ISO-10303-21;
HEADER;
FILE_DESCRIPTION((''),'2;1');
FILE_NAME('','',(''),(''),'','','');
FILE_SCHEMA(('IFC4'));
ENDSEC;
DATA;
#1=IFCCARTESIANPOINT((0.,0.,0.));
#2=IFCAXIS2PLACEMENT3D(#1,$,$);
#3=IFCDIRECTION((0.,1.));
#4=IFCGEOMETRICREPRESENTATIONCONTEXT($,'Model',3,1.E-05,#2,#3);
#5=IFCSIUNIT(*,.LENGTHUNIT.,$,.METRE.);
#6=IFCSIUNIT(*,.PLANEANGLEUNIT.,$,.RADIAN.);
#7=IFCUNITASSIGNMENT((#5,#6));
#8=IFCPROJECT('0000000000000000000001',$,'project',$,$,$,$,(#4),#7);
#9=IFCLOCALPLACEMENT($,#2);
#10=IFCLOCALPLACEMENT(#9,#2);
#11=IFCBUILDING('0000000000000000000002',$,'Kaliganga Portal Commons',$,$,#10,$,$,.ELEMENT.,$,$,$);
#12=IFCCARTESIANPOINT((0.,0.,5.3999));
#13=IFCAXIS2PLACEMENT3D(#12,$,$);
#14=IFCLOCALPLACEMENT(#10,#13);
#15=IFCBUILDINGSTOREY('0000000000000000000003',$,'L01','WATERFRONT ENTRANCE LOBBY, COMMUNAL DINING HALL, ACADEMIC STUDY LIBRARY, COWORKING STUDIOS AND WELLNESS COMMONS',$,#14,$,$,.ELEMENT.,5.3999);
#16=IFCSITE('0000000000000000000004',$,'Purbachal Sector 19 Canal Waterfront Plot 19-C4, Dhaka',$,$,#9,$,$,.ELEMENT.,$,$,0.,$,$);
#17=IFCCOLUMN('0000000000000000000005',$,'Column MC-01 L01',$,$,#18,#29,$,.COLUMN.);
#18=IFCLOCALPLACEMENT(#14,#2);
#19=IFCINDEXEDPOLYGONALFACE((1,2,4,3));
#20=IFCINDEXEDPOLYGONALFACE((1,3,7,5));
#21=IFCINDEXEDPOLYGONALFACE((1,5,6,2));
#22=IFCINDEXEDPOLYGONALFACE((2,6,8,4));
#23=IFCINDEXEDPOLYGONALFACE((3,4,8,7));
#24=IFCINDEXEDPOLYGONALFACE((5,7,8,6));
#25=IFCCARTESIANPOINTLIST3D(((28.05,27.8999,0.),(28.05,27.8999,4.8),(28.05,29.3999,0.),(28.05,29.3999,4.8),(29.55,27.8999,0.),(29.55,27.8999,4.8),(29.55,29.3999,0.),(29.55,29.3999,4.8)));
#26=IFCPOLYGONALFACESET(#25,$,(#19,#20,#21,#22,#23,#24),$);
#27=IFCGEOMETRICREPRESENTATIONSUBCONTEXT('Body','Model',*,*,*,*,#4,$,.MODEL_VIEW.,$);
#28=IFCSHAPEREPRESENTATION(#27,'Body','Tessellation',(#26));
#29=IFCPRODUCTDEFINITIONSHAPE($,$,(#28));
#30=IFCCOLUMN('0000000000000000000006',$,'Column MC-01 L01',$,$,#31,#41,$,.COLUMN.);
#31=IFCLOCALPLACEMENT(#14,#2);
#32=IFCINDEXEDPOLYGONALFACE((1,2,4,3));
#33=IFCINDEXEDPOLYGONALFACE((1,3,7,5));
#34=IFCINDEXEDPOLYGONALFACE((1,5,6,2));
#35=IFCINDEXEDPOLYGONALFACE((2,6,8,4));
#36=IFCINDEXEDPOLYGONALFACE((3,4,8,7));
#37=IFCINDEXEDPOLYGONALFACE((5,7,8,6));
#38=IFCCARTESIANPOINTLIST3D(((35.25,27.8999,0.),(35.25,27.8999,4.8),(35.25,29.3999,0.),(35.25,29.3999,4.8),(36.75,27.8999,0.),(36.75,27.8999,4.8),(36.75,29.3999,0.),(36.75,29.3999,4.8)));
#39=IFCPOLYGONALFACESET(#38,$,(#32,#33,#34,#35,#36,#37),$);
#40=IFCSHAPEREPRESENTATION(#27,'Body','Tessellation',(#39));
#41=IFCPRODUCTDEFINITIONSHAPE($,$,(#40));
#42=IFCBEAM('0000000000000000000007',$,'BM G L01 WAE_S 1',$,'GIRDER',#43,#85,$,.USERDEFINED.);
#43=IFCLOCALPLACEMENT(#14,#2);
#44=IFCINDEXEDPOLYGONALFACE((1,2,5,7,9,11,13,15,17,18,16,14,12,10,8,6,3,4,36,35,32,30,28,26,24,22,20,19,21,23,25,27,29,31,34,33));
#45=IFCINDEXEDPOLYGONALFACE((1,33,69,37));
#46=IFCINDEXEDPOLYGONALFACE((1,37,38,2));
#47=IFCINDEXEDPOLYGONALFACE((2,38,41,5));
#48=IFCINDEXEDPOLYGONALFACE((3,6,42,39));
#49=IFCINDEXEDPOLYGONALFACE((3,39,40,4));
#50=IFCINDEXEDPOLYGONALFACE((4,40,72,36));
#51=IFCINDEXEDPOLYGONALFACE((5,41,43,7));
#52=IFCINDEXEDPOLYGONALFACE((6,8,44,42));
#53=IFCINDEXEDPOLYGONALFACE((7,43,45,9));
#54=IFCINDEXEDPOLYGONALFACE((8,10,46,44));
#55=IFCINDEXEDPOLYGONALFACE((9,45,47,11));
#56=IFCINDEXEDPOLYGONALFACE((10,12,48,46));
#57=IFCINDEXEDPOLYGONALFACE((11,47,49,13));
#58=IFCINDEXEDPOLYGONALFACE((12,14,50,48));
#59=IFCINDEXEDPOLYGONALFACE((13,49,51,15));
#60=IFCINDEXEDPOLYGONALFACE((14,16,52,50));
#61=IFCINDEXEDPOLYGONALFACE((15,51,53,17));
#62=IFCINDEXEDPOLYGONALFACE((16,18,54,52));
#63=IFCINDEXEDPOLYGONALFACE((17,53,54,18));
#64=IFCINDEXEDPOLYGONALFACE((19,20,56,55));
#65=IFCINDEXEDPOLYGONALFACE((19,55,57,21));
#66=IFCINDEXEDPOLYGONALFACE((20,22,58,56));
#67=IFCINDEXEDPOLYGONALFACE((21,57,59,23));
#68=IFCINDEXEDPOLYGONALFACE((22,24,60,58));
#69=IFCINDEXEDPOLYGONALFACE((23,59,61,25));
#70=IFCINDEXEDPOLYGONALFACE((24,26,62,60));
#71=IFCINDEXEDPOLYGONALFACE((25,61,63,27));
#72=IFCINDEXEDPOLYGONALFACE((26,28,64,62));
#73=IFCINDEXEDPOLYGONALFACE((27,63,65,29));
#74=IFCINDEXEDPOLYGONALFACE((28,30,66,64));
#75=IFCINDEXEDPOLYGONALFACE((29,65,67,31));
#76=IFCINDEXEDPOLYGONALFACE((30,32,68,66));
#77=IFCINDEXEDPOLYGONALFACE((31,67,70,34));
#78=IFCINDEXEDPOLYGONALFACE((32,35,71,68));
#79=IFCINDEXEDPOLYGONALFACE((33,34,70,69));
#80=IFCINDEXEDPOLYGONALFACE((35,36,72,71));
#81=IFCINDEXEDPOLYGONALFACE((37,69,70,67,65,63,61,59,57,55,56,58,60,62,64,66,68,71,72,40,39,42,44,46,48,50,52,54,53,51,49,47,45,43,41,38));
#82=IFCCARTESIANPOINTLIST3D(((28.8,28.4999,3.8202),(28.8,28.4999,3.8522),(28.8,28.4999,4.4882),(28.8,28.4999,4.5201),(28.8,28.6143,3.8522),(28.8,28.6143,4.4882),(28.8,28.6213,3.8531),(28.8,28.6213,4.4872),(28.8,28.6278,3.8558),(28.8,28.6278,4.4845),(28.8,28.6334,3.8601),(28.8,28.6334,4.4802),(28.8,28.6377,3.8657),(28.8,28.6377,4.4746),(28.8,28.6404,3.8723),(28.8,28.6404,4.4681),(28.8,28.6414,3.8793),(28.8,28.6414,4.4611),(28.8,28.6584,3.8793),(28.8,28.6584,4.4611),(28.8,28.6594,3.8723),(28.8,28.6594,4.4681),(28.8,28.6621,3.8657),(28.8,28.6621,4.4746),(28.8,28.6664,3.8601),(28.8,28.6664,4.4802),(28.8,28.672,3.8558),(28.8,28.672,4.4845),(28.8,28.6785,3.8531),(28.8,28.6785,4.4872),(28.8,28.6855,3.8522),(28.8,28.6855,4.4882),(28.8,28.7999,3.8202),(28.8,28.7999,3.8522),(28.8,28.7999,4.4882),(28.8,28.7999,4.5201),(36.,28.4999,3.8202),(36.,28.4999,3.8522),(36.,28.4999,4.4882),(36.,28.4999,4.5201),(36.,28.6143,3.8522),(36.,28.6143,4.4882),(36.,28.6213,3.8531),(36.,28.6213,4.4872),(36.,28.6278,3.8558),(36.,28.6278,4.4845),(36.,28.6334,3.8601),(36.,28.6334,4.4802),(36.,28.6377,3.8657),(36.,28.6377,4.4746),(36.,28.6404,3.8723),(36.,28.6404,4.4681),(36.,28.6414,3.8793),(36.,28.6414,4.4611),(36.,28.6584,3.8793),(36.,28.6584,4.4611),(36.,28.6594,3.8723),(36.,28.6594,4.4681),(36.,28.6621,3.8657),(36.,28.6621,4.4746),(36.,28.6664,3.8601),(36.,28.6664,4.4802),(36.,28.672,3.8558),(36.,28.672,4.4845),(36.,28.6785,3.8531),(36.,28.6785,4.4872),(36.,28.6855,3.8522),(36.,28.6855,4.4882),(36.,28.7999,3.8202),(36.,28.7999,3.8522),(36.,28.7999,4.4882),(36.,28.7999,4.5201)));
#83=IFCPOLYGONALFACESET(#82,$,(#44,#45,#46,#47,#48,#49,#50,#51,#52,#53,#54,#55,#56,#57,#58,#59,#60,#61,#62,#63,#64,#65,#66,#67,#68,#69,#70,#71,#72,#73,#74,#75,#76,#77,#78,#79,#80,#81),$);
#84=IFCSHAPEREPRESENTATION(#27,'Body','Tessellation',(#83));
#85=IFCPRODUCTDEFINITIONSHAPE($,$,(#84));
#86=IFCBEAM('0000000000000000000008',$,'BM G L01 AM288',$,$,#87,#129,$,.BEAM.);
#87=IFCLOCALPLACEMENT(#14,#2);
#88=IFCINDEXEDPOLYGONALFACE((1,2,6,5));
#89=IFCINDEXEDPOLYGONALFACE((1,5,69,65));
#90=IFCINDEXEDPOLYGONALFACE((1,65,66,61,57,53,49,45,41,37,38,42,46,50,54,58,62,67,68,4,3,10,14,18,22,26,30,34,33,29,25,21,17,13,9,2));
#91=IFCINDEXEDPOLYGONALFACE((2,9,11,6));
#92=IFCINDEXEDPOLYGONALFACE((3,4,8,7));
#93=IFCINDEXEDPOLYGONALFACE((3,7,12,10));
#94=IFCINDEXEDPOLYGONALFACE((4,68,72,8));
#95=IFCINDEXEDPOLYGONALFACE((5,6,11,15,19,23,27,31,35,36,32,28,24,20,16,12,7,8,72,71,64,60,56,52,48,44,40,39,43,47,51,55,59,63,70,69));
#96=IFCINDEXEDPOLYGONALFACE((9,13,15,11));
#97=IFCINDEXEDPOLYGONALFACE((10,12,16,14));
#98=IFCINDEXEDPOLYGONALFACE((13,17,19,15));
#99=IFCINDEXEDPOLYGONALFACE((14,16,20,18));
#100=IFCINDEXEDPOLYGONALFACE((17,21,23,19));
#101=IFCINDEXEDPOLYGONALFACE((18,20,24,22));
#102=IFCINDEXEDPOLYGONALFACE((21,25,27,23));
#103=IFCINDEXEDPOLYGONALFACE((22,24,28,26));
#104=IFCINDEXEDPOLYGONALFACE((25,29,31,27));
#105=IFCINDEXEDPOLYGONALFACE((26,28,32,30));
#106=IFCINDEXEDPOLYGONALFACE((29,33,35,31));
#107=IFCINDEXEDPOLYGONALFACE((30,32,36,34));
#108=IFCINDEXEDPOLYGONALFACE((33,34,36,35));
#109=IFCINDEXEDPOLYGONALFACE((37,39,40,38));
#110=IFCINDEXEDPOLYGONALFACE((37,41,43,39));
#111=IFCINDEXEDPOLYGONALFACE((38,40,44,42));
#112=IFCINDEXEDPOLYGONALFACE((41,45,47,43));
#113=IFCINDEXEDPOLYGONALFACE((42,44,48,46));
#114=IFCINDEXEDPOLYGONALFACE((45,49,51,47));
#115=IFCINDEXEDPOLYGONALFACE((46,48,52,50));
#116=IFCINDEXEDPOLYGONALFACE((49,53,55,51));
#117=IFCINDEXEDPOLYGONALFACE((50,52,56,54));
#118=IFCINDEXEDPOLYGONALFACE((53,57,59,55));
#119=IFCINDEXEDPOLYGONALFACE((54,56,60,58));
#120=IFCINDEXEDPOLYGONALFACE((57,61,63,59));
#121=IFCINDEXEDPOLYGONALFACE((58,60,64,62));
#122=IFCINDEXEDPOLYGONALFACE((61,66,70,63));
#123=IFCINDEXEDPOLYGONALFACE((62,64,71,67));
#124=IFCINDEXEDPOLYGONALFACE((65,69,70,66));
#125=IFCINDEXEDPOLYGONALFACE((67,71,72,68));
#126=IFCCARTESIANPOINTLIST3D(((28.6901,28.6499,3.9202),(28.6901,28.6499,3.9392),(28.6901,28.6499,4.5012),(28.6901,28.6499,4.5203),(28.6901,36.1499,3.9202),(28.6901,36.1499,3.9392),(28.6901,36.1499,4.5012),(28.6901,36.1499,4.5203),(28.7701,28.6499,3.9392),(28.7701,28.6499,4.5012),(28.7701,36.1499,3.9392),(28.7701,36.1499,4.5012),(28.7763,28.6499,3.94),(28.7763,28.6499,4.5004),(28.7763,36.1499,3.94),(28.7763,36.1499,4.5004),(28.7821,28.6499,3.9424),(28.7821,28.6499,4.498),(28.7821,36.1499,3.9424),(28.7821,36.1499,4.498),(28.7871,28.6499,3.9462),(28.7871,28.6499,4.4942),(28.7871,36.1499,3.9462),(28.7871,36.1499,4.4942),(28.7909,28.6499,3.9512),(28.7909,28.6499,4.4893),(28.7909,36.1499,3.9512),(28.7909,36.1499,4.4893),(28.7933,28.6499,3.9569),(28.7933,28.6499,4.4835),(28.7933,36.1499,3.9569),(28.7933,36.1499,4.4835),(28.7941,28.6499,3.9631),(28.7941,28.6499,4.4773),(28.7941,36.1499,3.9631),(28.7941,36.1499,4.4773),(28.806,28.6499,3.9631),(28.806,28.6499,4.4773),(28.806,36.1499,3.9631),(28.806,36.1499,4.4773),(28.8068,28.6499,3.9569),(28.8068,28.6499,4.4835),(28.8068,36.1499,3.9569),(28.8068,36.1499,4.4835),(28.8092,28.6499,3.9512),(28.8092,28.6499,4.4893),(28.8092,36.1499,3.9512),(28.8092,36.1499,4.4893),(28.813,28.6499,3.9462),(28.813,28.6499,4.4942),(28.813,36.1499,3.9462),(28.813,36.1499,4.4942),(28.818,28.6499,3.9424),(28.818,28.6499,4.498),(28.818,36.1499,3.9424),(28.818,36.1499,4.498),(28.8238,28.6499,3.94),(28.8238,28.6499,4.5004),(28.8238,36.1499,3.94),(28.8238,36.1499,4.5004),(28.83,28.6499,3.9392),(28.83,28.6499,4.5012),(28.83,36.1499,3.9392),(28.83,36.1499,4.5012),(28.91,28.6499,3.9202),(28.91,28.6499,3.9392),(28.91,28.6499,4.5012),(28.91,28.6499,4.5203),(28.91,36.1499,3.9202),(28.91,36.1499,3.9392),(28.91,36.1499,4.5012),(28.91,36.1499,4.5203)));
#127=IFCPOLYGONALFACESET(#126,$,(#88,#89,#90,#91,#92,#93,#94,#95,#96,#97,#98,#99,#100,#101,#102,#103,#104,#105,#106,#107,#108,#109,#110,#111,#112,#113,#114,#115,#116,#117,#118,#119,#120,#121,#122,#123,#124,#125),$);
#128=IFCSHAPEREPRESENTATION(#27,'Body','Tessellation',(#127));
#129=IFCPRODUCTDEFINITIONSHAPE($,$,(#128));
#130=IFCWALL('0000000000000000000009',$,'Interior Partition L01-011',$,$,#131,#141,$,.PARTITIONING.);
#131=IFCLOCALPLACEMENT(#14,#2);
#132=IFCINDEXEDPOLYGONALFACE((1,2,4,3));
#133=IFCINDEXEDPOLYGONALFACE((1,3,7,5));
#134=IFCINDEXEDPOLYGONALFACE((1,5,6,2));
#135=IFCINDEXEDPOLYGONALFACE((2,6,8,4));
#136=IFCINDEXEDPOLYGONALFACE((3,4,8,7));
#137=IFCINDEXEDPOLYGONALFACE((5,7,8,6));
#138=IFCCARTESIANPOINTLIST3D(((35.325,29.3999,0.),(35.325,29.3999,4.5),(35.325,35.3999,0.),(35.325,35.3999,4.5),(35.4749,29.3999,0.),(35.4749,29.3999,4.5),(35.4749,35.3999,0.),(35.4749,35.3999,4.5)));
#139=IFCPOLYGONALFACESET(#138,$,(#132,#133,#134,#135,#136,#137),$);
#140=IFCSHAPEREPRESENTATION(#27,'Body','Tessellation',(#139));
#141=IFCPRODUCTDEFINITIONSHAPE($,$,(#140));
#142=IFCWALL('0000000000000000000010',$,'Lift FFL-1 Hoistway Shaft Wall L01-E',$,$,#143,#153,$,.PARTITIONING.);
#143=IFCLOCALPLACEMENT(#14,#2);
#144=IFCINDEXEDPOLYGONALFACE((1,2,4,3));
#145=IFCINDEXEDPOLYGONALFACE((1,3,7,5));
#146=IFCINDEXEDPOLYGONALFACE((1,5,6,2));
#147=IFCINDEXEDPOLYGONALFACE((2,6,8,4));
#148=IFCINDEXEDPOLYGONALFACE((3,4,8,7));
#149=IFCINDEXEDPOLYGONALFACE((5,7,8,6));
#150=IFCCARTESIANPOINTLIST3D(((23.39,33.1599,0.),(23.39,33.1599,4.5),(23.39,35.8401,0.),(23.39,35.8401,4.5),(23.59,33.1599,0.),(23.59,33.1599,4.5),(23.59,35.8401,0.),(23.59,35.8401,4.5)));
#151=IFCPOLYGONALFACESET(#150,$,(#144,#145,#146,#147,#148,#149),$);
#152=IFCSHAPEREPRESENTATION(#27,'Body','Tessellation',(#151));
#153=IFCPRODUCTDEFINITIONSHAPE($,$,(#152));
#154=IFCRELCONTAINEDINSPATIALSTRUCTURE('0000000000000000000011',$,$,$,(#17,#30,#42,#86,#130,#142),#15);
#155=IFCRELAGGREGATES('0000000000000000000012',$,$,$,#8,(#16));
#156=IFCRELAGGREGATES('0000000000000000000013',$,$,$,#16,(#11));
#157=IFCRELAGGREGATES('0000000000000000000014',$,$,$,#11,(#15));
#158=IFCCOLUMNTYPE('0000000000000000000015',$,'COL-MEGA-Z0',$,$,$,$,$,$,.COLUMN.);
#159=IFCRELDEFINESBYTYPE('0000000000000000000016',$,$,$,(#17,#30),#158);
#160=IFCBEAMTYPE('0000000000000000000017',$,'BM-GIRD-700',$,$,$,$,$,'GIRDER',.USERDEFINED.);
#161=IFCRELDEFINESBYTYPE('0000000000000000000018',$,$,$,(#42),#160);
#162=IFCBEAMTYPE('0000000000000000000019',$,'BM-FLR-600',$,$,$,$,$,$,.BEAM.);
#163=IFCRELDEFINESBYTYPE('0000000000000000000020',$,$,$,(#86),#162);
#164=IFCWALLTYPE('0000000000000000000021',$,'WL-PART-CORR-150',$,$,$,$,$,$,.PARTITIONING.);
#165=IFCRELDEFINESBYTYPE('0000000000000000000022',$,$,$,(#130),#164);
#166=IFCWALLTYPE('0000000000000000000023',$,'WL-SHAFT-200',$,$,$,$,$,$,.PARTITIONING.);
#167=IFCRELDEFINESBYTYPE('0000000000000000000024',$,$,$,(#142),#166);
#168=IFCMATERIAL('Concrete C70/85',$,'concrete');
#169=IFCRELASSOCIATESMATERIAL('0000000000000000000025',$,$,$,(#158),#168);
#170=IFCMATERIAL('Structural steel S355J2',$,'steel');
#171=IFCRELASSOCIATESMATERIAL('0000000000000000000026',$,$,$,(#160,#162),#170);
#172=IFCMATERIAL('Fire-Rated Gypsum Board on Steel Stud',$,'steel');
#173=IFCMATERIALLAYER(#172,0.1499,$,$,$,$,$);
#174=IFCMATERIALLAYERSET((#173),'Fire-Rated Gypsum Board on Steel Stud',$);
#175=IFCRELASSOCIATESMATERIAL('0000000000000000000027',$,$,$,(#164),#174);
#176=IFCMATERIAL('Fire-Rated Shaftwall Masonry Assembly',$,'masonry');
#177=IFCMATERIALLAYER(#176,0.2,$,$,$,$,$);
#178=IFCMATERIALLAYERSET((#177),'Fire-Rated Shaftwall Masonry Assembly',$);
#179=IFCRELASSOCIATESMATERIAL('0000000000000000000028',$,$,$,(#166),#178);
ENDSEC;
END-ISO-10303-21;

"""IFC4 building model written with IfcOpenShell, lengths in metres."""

from ifc_helpers import new_model, si_unit, direction, frame, frame_2d, origin, origin_2d, place, context, subcontext, project, spatial, rectangle, i_section, extrude, source, transform, mapped, material, layer, layer_set, material_profile, profile_set, type_object, element, save


model = new_model("IFC4")

# Units and contexts
model_context = context("Model", 3, precision=1e-05, world=origin(), true_north=direction((0.0, 1.0)))
body_context = subcontext(model_context, "Body", "Model", "MODEL_VIEW")
ifc_project = project(units=[si_unit("LENGTHUNIT", "METRE"), si_unit("PLANEANGLEUNIT", "RADIAN")], contexts=[model_context])

# Site, building, storey
site_placement = place(None, origin())
site = spatial("IfcSite", under=ifc_project, at=site_placement, Name="Purbachal Sector 19 Canal Waterfront Plot 19-C4, Dhaka", CompositionType="ELEMENT", RefElevation=0.0)
building_placement = place(site_placement, origin())
building = spatial("IfcBuilding", under=site, at=building_placement, Name="Kaliganga Portal Commons", CompositionType="ELEMENT")
storey_placement = place(building_placement, frame((0.0, 0.0, 5.3999)))
storey = spatial("IfcBuildingStorey", under=building, at=storey_placement, Name="L01", Description="WATERFRONT ENTRANCE LOBBY, COMMUNAL DINING HALL, ACADEMIC STUDY LIBRARY, COWORKING STUDIOS AND WELLNESS COMMONS", CompositionType="ELEMENT", Elevation=5.3999)

# Columns
ifc_material_1 = material(Name="Concrete C70/85", Category="concrete")
ifc_material_profile_1 = material_profile(ifc_material_1, rectangle(XDim=1.5, YDim=1.5, at=origin_2d()), Name="RC 1500x1500")
ifc_profile_set_1 = profile_set([ifc_material_profile_1], Name="Concrete C70/85")
column_type = type_object("IfcColumnType", Name="COL-MEGA-Z0", PredefinedType="COLUMN", material=ifc_profile_set_1)
shared_shape_1 = source(origin(), body_context, "Body", "SweptSolid", [
    extrude(rectangle(XDim=1.5, YDim=1.5, at=origin_2d()), origin(), (0.0, 0.0, 1.0), 4.8),
])
for number, where, z_axis, x_axis, name in (
    (1, (28.8, 28.6499, 0.0), (0.0, 0.0, 1.0), (1.0, 0.0, 0.0), "Column MC-01 L01"),
    (2, (36.0, 28.6499, 0.0), (0.0, 0.0, 1.0), (1.0, 0.0, 0.0), "Column MC-01 L01"),
):
    element("IfcColumn", number, at=place(storey_placement, frame(where, z_axis=z_axis, x_axis=x_axis)), inside=storey, type_object=column_type, Name=name, PredefinedType="COLUMN", context=body_context, shape_type="MappedRepresentation", body=[
        mapped(shared_shape_1, transform((0.0, 0.0, 0.0), x_axis=(1.0, 0.0, 0.0), y_axis=(0.0, 1.0, 0.0), z_axis=(0.0, 0.0, 1.0), scale=1.0)),
    ])

# Beams
ifc_material_2 = material(Name="Structural steel S355J2", Category="steel")
ifc_material_profile_2 = material_profile(ifc_material_2, i_section(OverallWidth=0.3, OverallDepth=0.7, WebThickness=0.0171, FlangeThickness=0.032, FilletRadius=0.0271, at=origin_2d()), Name="HE 700 B")
ifc_profile_set_2 = profile_set([ifc_material_profile_2], Name="Structural steel S355J2 wide-flange")
beam_type_1 = type_object("IfcBeamType", Name="BM-GIRD-700", ElementType="GIRDER", PredefinedType="USERDEFINED", material=ifc_profile_set_2)
shared_shape_2 = source(origin(), body_context, "Body", "SweptSolid", [
    extrude(i_section(OverallWidth=0.3, OverallDepth=0.7, WebThickness=0.0171, FlangeThickness=0.032, FilletRadius=0.0271, at=origin_2d()), origin(), (0.0, 0.0, 1.0), 7.2),
])
beam_1_placement = place(storey_placement, frame((28.8, 28.6499, 4.1702), z_axis=(1.0, 0.0, 0.0), x_axis=(0.0, 1.0, 0.0)))
element("IfcBeam", 3, at=beam_1_placement, inside=storey, type_object=beam_type_1, Name="BM G L01 WAE_S 1", ObjectType="GIRDER", PredefinedType="USERDEFINED", context=body_context, shape_type="MappedRepresentation", body=[
    mapped(shared_shape_2, transform((0.0, 0.0, 0.0), x_axis=(1.0, 0.0, 0.0), y_axis=(0.0, 1.0, 0.0), z_axis=(0.0, 0.0, 1.0), scale=1.0)),
])
ifc_material_profile_3 = material_profile(ifc_material_2, i_section(OverallWidth=0.22, OverallDepth=0.6001, WebThickness=0.012, FlangeThickness=0.019, FilletRadius=0.0239, at=origin_2d()), Name="IPE 600")
ifc_profile_set_3 = profile_set([ifc_material_profile_3], Name="Structural steel S355J2 wide-flange")
beam_type_2 = type_object("IfcBeamType", Name="BM-FLR-600", PredefinedType="BEAM", material=ifc_profile_set_3)
shared_shape_3 = source(origin(), body_context, "Body", "SweptSolid", [
    extrude(i_section(OverallWidth=0.22, OverallDepth=0.6001, WebThickness=0.012, FlangeThickness=0.019, FilletRadius=0.0239, at=origin_2d()), origin(), (0.0, 0.0, 1.0), 7.5),
])
beam_2_placement = place(storey_placement, frame((28.8, 28.6499, 4.2202), z_axis=(0.0, 1.0, 0.0), x_axis=(-1.0, 0.0, 0.0)))
element("IfcBeam", 4, at=beam_2_placement, inside=storey, type_object=beam_type_2, Name="BM G L01 AM288", PredefinedType="BEAM", context=body_context, shape_type="MappedRepresentation", body=[
    mapped(shared_shape_3, transform((0.0, 0.0, 0.0), x_axis=(1.0, 0.0, 0.0), y_axis=(0.0, 1.0, 0.0), z_axis=(0.0, 0.0, 1.0), scale=1.0)),
])

# Wall
ifc_material_3 = material(Name="Fire-Rated Gypsum Board on Steel Stud", Category="steel")
ifc_layer_1 = layer(ifc_material_3, 0.1499)
ifc_layer_set_1 = layer_set([ifc_layer_1], Name="Fire-Rated Gypsum Board on Steel Stud")
wall_type_1 = type_object("IfcWallType", Name="WL-PART-CORR-150", PredefinedType="PARTITIONING", material=ifc_layer_set_1)
wall_1_placement = place(storey_placement, frame((35.3999, 29.3999, 0.0), z_axis=(0.0, 0.0, 1.0), x_axis=(0.0, 1.0, 0.0)))
element("IfcWall", 5, at=wall_1_placement, inside=storey, type_object=wall_type_1, Name="Interior Partition L01-011", PredefinedType="PARTITIONING", context=body_context, shape_type="SweptSolid", body=[
    extrude(rectangle(XDim=6.0, YDim=0.1499, at=frame_2d((3.0, 0.0))), origin(), (0.0, 0.0, 1.0), 4.5),
])

# Shared definitions
ifc_material_4 = material(Name="Fire-Rated Shaftwall Masonry Assembly", Category="masonry")
ifc_layer_2 = layer(ifc_material_4, 0.2)
ifc_layer_set_2 = layer_set([ifc_layer_2], Name="Fire-Rated Shaftwall Masonry Assembly")
wall_type_2 = type_object("IfcWallType", Name="WL-SHAFT-200", PredefinedType="PARTITIONING", material=ifc_layer_set_2)

# Wall
wall_2_placement = place(storey_placement, frame((23.49, 33.1599, 0.0), z_axis=(0.0, 0.0, 1.0), x_axis=(0.0, 1.0, 0.0)))
element("IfcWall", 6, at=wall_2_placement, inside=storey, type_object=wall_type_2, Name="Lift FFL-1 Hoistway Shaft Wall L01-E", PredefinedType="PARTITIONING", context=body_context, shape_type="SweptSolid", body=[
    extrude(rectangle(XDim=2.6802, YDim=0.2, at=frame_2d((1.3401, 0.0))), origin(), (0.0, 0.0, 1.0), 4.5),
])

save(model, "model.ifc")
